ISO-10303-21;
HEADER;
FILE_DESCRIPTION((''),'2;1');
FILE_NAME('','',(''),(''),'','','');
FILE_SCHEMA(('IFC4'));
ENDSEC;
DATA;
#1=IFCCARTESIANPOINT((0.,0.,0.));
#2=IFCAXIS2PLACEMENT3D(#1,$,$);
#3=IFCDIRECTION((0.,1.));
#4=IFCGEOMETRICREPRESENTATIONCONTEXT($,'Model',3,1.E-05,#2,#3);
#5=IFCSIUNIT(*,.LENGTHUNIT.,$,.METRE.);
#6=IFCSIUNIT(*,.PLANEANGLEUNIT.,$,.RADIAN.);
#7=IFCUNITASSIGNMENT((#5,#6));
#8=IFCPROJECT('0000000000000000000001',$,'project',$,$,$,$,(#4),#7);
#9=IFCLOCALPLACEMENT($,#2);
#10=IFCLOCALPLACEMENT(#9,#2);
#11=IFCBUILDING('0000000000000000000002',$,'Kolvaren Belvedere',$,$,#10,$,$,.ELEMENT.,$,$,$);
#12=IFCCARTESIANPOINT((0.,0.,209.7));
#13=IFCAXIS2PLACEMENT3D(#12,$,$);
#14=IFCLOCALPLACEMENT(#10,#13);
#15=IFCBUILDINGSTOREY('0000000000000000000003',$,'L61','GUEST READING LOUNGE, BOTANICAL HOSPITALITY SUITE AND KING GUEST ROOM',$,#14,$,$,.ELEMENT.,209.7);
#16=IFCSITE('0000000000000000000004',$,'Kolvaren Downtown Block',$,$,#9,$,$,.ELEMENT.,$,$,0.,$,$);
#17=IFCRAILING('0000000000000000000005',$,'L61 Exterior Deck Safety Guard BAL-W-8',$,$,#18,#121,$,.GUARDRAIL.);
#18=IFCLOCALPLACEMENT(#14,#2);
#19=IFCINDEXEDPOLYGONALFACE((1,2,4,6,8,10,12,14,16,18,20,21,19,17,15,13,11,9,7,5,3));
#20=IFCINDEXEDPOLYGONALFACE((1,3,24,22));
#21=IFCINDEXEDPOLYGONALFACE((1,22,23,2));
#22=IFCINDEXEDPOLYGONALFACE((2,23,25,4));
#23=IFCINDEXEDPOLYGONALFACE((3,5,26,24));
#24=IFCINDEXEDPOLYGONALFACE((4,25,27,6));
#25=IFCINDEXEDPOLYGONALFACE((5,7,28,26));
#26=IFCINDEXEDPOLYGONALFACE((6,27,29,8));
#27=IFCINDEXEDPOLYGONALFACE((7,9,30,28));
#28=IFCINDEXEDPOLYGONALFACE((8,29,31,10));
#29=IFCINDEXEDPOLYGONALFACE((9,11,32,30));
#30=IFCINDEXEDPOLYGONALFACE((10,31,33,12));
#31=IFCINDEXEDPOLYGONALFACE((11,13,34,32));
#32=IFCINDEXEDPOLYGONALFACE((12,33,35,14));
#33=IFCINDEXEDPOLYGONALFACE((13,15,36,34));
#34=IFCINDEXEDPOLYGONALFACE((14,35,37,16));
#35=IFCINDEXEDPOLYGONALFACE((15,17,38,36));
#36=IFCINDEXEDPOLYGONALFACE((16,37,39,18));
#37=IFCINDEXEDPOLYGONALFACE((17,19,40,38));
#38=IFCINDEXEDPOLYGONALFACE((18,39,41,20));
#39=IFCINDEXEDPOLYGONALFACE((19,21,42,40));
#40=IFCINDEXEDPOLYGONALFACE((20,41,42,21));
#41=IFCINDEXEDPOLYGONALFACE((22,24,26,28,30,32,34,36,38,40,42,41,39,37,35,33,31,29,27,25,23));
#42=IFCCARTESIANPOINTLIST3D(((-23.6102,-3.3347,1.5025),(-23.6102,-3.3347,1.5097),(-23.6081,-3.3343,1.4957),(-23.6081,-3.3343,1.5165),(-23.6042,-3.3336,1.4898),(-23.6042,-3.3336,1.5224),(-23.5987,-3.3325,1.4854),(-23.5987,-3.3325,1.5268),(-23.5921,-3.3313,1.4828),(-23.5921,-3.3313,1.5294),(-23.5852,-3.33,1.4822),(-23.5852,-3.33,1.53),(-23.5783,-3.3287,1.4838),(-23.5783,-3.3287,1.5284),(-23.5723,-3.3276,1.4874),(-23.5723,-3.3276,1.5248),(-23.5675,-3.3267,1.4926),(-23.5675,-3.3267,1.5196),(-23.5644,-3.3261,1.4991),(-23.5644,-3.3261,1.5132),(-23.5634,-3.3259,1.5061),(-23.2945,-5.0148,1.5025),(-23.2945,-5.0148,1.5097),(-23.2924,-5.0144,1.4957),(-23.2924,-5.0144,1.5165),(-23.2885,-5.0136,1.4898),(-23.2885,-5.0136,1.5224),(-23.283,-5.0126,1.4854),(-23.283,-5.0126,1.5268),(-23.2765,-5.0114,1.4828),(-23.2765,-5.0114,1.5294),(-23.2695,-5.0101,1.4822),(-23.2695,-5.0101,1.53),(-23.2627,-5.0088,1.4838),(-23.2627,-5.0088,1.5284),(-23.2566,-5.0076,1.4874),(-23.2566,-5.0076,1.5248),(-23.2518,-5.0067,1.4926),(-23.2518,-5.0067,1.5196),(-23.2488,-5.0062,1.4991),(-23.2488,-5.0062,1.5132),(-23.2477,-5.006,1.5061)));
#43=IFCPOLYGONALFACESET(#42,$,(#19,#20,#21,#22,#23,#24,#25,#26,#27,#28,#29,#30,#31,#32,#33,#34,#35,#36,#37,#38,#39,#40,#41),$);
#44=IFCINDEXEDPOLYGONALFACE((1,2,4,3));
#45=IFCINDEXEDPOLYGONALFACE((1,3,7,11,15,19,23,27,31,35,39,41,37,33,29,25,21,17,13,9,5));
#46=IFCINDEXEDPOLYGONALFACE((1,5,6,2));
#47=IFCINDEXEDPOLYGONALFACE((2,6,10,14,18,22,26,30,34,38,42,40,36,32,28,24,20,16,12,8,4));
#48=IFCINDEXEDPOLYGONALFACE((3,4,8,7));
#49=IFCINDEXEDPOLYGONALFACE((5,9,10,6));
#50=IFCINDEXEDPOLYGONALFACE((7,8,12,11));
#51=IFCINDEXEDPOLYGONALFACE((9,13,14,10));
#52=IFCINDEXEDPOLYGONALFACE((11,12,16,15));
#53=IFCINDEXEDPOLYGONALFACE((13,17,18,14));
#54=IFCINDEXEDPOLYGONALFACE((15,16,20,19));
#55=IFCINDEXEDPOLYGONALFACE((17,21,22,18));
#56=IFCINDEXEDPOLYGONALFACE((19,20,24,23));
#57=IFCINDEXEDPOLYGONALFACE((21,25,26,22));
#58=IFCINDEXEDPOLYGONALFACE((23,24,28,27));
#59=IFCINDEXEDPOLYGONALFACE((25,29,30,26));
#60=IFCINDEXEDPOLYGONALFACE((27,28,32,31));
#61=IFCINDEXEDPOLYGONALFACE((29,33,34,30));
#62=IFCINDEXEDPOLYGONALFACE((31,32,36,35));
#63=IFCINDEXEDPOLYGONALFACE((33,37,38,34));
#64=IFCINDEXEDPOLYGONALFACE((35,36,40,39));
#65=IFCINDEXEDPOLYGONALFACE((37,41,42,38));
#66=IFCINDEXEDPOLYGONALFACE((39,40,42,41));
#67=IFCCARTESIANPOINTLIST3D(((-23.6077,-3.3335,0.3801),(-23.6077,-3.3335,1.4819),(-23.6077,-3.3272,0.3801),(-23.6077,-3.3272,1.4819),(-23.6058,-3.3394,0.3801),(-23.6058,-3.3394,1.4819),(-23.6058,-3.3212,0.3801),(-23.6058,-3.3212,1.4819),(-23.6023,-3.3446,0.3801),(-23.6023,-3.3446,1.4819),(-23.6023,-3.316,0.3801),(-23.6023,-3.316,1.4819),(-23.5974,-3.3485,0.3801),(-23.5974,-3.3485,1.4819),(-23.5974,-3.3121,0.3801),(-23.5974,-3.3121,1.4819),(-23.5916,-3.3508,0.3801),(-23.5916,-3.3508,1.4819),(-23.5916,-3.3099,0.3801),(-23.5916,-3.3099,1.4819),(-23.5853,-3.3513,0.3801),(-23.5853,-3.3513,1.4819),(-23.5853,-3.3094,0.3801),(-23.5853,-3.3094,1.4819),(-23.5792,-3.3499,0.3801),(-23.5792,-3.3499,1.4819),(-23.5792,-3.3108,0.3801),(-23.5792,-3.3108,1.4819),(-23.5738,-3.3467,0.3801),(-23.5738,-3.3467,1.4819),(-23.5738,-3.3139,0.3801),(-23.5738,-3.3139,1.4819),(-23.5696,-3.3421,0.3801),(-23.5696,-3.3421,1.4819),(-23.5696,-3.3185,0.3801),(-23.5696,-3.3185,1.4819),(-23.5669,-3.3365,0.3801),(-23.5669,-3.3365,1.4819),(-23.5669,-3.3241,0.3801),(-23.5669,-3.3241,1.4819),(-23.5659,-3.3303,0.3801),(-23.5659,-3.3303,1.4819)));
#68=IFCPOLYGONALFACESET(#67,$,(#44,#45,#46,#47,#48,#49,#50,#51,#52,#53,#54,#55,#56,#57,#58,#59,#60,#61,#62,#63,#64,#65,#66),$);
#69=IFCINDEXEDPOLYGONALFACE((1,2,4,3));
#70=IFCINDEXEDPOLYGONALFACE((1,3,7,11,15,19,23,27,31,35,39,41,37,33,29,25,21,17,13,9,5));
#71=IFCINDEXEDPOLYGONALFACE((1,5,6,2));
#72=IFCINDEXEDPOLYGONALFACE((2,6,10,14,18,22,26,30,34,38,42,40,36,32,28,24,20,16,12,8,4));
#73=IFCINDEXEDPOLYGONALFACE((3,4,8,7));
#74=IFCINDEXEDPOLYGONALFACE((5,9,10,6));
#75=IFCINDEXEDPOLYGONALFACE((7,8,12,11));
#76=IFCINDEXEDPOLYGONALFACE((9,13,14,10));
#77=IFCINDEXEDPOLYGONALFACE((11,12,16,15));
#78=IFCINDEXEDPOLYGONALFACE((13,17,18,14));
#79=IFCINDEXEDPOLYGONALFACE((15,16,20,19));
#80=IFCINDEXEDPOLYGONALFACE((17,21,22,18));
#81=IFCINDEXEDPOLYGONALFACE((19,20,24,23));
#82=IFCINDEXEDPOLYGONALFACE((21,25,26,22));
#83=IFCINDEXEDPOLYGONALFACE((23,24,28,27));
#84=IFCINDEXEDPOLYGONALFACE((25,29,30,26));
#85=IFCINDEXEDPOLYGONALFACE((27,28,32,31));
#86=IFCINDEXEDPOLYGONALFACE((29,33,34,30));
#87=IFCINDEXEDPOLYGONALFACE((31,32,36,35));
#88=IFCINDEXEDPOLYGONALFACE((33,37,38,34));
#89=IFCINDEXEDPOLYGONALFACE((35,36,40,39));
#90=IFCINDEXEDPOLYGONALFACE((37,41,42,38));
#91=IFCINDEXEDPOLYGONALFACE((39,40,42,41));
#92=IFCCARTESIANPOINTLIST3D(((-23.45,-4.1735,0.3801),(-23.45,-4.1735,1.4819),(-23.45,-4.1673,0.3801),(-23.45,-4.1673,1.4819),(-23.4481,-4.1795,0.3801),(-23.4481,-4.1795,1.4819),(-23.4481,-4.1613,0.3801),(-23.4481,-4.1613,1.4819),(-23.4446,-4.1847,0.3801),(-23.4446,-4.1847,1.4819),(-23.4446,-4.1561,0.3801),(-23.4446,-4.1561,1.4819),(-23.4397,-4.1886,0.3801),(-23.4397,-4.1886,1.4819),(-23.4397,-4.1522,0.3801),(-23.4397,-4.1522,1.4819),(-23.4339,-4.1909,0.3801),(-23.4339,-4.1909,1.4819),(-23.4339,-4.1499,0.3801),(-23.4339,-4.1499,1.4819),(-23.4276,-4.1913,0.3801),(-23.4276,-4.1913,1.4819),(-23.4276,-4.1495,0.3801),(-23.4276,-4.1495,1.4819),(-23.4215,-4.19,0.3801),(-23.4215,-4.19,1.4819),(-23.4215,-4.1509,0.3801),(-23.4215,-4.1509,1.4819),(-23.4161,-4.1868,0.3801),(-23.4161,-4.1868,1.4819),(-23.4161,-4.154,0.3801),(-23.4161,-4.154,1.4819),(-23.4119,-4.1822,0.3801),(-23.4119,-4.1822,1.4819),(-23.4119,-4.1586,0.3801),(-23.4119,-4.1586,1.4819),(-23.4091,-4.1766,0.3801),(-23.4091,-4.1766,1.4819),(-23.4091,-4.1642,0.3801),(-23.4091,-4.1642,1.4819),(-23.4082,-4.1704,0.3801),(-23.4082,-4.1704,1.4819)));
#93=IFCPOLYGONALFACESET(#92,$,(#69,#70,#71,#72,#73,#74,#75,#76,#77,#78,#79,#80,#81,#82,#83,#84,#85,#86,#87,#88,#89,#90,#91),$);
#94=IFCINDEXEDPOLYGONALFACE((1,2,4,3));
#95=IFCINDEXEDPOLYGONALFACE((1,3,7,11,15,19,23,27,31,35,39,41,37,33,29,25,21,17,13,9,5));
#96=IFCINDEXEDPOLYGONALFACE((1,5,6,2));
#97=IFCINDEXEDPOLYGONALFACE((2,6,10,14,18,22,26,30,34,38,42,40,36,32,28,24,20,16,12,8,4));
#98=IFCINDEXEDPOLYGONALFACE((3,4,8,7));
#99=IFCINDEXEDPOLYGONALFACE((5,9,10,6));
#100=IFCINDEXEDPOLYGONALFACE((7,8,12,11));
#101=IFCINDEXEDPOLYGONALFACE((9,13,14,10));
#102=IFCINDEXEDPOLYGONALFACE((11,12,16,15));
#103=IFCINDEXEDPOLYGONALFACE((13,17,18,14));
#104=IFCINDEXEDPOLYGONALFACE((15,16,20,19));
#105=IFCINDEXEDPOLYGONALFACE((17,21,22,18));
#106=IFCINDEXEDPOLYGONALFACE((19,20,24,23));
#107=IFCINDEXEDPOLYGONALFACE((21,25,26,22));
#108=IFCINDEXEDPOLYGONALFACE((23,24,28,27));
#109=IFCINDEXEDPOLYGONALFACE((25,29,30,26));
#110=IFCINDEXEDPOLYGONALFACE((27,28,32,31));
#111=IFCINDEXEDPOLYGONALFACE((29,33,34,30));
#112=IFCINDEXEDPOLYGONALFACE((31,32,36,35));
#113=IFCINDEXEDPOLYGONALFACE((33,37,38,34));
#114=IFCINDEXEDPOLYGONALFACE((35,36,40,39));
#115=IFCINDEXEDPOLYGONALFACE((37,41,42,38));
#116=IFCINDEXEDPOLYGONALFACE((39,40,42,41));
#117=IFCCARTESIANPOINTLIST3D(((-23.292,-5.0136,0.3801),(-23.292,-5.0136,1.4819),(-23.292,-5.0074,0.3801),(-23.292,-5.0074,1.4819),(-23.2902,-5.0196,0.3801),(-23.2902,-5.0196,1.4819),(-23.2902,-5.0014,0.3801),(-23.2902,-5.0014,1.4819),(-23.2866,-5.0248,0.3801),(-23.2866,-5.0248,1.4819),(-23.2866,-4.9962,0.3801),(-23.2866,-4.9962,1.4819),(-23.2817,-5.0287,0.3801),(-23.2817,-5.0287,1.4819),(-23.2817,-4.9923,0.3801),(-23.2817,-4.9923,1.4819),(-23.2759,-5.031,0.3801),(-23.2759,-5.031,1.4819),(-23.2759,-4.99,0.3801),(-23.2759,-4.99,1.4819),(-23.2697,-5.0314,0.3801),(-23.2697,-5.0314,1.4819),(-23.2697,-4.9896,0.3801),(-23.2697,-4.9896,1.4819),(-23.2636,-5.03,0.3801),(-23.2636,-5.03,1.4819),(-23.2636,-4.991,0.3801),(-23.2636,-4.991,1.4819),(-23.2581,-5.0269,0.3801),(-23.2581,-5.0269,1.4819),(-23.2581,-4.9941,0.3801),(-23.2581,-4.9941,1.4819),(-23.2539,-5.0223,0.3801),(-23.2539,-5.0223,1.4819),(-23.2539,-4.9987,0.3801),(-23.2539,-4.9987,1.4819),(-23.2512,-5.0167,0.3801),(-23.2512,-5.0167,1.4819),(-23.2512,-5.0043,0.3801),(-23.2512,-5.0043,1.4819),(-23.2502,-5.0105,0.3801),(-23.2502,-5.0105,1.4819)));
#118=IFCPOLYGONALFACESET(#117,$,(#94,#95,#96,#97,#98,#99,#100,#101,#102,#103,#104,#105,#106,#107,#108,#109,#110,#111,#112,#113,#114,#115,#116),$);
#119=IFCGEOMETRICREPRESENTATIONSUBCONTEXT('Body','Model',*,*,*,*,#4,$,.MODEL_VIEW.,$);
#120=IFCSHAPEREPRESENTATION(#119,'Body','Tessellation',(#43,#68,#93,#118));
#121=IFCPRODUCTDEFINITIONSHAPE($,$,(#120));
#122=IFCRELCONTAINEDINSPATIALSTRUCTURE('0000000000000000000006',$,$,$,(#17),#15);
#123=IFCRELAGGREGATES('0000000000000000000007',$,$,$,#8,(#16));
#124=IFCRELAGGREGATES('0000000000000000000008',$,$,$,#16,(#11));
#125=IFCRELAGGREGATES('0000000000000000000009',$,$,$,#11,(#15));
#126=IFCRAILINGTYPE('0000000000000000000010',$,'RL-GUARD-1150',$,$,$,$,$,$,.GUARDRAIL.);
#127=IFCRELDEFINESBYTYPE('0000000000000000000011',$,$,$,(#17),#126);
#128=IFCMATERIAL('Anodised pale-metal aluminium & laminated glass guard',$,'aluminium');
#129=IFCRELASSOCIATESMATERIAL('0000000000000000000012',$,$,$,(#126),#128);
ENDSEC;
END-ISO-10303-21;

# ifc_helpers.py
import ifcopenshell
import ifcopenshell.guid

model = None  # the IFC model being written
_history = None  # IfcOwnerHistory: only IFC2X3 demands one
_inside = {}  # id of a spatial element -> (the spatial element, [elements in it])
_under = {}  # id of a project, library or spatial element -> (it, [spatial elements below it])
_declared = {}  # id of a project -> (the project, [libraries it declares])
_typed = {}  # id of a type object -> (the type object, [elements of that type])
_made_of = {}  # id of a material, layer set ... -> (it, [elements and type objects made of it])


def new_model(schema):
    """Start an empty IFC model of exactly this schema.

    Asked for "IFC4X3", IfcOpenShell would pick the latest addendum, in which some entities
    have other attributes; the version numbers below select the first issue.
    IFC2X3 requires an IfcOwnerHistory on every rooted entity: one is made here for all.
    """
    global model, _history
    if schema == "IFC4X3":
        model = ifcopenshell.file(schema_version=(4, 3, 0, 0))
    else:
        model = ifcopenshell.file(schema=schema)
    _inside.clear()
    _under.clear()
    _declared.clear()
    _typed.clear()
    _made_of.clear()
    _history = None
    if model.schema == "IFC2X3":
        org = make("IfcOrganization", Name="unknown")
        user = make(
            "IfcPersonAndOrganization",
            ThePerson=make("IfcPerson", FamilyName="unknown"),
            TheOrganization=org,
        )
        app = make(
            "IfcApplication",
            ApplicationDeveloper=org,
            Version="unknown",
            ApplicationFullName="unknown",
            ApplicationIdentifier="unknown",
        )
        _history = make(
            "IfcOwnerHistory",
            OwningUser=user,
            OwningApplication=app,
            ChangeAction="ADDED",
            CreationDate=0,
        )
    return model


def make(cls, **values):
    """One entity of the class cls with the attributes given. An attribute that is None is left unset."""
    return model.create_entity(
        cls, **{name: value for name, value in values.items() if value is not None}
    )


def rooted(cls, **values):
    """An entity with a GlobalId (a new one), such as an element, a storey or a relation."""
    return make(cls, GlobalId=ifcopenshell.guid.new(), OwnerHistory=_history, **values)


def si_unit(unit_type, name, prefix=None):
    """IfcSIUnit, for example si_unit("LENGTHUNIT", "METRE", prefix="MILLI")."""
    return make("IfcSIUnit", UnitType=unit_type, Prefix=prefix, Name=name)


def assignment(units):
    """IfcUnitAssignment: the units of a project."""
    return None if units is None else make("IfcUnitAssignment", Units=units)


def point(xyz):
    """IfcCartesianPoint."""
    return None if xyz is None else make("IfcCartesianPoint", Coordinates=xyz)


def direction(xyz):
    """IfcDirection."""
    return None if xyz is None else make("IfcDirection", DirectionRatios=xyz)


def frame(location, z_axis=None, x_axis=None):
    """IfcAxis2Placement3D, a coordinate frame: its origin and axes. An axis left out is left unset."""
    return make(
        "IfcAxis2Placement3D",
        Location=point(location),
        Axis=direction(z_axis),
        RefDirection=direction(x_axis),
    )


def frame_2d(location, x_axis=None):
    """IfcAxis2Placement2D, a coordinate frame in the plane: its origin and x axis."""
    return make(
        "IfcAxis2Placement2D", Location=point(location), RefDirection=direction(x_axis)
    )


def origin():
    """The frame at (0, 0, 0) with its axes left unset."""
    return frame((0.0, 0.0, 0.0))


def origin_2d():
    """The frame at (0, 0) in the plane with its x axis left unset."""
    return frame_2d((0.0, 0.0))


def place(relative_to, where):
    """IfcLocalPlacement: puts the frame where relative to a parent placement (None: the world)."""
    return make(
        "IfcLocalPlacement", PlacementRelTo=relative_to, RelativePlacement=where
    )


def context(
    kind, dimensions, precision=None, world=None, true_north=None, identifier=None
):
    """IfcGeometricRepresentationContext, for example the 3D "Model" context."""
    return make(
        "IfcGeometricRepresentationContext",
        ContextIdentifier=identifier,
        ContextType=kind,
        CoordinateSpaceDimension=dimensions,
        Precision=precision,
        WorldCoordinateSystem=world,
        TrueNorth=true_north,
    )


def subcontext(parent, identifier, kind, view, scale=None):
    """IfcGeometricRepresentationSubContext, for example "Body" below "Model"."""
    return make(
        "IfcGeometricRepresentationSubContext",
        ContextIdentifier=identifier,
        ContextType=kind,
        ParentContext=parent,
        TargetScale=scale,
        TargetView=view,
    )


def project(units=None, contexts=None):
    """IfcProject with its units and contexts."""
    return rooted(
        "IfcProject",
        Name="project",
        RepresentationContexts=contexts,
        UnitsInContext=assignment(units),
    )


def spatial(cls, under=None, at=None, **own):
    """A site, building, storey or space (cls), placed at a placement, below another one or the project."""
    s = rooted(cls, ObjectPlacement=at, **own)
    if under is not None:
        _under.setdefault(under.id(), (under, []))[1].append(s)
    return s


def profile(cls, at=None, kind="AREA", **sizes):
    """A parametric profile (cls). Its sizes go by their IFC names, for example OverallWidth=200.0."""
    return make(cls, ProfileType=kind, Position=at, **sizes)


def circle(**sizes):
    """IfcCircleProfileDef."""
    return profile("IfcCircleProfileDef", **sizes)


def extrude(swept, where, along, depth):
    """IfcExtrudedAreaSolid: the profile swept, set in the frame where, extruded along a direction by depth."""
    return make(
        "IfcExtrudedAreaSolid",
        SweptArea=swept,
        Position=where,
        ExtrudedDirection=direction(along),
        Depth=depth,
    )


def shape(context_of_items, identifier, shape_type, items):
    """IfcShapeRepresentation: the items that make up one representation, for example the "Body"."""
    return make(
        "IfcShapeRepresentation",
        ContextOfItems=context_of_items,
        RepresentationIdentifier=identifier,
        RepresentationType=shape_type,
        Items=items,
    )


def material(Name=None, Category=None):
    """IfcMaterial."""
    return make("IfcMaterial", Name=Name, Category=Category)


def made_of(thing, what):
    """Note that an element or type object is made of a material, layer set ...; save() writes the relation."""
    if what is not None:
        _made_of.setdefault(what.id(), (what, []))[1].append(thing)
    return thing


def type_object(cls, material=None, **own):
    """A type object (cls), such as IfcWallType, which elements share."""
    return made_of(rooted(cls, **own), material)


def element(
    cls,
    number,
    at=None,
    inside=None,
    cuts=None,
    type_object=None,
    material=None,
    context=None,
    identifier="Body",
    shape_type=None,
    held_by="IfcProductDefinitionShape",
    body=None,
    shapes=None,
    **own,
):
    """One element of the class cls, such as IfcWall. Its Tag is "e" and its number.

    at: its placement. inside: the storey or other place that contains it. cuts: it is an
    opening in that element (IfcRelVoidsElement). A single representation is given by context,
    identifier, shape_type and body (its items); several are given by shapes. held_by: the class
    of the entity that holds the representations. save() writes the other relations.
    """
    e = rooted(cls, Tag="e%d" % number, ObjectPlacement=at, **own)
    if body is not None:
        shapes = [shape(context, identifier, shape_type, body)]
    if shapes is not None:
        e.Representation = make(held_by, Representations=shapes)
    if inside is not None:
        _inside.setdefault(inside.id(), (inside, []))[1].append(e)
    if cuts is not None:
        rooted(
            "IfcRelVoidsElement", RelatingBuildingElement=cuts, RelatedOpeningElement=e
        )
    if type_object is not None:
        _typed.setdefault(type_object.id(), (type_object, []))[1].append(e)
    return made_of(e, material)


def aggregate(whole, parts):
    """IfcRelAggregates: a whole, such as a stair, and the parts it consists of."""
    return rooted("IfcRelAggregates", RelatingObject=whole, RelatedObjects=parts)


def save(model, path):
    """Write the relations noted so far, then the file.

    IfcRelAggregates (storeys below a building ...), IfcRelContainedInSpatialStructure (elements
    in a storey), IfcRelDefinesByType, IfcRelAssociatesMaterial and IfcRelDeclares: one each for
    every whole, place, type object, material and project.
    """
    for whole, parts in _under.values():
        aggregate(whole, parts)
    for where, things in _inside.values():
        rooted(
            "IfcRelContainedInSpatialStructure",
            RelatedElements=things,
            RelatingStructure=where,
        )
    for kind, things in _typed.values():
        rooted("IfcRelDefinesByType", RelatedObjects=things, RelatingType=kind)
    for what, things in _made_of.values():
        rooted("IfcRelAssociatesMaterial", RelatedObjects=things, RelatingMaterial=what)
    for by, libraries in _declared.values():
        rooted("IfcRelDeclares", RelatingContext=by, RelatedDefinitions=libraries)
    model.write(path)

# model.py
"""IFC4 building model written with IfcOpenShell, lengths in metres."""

from ifc_helpers import new_model, si_unit, direction, frame, origin, origin_2d, place, context, subcontext, project, spatial, circle, extrude, material, type_object, element, save


model = new_model("IFC4")

# Units and contexts
model_context = context("Model", 3, precision=1e-05, world=origin(), true_north=direction((0.0, 1.0)))
body_context = subcontext(model_context, "Body", "Model", "MODEL_VIEW")
ifc_project = project(units=[si_unit("LENGTHUNIT", "METRE"), si_unit("PLANEANGLEUNIT", "RADIAN")], contexts=[model_context])

# Site, building, storey
site_placement = place(None, origin())
site = spatial("IfcSite", under=ifc_project, at=site_placement, Name="Kolvaren Downtown Block", CompositionType="ELEMENT", RefElevation=0.0)
building_placement = place(site_placement, origin())
building = spatial("IfcBuilding", under=site, at=building_placement, Name="Kolvaren Belvedere", CompositionType="ELEMENT")
storey_placement = place(building_placement, frame((0.0, 0.0, 209.7)))
storey = spatial("IfcBuildingStorey", under=building, at=storey_placement, Name="L61", Description="GUEST READING LOUNGE, BOTANICAL HOSPITALITY SUITE AND KING GUEST ROOM", CompositionType="ELEMENT", Elevation=209.7)

# Railing
ifc_material_1 = material(Name="Anodised pale-metal aluminium & laminated glass guard", Category="aluminium")
railing_type = type_object("IfcRailingType", Name="RL-GUARD-1150", PredefinedType="GUARDRAIL", material=ifc_material_1)
railing_1_placement = place(storey_placement, frame((-23.5869, -3.3303, 0.3801)))
element("IfcRailing", 1, at=railing_1_placement, inside=storey, type_object=railing_type, Name="L61 Exterior Deck Safety Guard BAL-W-8", PredefinedType="GUARDRAIL", context=body_context, shape_type="SweptSolid", body=[
    extrude(circle(Radius=0.0239, at=origin_2d()), frame((0.0, 0.0, 1.126), z_axis=(0.184651, -0.982804, 0.0), x_axis=(0.982804, 0.184651, 0.0)), (0.0, 0.0, 1.0), 1.7095),
    extrude(circle(Radius=0.021, at=origin_2d()), origin(), (0.0, 0.0, 1.0), 1.1018),
    extrude(circle(Radius=0.021, at=origin_2d()), frame((0.1577, -0.8401, 0.0)), (0.0, 0.0, 1.0), 1.1018),
    extrude(circle(Radius=0.021, at=origin_2d()), frame((0.3157, -1.6802, 0.0)), (0.0, 0.0, 1.0), 1.1018),
])

save(model, "model.ifc")
